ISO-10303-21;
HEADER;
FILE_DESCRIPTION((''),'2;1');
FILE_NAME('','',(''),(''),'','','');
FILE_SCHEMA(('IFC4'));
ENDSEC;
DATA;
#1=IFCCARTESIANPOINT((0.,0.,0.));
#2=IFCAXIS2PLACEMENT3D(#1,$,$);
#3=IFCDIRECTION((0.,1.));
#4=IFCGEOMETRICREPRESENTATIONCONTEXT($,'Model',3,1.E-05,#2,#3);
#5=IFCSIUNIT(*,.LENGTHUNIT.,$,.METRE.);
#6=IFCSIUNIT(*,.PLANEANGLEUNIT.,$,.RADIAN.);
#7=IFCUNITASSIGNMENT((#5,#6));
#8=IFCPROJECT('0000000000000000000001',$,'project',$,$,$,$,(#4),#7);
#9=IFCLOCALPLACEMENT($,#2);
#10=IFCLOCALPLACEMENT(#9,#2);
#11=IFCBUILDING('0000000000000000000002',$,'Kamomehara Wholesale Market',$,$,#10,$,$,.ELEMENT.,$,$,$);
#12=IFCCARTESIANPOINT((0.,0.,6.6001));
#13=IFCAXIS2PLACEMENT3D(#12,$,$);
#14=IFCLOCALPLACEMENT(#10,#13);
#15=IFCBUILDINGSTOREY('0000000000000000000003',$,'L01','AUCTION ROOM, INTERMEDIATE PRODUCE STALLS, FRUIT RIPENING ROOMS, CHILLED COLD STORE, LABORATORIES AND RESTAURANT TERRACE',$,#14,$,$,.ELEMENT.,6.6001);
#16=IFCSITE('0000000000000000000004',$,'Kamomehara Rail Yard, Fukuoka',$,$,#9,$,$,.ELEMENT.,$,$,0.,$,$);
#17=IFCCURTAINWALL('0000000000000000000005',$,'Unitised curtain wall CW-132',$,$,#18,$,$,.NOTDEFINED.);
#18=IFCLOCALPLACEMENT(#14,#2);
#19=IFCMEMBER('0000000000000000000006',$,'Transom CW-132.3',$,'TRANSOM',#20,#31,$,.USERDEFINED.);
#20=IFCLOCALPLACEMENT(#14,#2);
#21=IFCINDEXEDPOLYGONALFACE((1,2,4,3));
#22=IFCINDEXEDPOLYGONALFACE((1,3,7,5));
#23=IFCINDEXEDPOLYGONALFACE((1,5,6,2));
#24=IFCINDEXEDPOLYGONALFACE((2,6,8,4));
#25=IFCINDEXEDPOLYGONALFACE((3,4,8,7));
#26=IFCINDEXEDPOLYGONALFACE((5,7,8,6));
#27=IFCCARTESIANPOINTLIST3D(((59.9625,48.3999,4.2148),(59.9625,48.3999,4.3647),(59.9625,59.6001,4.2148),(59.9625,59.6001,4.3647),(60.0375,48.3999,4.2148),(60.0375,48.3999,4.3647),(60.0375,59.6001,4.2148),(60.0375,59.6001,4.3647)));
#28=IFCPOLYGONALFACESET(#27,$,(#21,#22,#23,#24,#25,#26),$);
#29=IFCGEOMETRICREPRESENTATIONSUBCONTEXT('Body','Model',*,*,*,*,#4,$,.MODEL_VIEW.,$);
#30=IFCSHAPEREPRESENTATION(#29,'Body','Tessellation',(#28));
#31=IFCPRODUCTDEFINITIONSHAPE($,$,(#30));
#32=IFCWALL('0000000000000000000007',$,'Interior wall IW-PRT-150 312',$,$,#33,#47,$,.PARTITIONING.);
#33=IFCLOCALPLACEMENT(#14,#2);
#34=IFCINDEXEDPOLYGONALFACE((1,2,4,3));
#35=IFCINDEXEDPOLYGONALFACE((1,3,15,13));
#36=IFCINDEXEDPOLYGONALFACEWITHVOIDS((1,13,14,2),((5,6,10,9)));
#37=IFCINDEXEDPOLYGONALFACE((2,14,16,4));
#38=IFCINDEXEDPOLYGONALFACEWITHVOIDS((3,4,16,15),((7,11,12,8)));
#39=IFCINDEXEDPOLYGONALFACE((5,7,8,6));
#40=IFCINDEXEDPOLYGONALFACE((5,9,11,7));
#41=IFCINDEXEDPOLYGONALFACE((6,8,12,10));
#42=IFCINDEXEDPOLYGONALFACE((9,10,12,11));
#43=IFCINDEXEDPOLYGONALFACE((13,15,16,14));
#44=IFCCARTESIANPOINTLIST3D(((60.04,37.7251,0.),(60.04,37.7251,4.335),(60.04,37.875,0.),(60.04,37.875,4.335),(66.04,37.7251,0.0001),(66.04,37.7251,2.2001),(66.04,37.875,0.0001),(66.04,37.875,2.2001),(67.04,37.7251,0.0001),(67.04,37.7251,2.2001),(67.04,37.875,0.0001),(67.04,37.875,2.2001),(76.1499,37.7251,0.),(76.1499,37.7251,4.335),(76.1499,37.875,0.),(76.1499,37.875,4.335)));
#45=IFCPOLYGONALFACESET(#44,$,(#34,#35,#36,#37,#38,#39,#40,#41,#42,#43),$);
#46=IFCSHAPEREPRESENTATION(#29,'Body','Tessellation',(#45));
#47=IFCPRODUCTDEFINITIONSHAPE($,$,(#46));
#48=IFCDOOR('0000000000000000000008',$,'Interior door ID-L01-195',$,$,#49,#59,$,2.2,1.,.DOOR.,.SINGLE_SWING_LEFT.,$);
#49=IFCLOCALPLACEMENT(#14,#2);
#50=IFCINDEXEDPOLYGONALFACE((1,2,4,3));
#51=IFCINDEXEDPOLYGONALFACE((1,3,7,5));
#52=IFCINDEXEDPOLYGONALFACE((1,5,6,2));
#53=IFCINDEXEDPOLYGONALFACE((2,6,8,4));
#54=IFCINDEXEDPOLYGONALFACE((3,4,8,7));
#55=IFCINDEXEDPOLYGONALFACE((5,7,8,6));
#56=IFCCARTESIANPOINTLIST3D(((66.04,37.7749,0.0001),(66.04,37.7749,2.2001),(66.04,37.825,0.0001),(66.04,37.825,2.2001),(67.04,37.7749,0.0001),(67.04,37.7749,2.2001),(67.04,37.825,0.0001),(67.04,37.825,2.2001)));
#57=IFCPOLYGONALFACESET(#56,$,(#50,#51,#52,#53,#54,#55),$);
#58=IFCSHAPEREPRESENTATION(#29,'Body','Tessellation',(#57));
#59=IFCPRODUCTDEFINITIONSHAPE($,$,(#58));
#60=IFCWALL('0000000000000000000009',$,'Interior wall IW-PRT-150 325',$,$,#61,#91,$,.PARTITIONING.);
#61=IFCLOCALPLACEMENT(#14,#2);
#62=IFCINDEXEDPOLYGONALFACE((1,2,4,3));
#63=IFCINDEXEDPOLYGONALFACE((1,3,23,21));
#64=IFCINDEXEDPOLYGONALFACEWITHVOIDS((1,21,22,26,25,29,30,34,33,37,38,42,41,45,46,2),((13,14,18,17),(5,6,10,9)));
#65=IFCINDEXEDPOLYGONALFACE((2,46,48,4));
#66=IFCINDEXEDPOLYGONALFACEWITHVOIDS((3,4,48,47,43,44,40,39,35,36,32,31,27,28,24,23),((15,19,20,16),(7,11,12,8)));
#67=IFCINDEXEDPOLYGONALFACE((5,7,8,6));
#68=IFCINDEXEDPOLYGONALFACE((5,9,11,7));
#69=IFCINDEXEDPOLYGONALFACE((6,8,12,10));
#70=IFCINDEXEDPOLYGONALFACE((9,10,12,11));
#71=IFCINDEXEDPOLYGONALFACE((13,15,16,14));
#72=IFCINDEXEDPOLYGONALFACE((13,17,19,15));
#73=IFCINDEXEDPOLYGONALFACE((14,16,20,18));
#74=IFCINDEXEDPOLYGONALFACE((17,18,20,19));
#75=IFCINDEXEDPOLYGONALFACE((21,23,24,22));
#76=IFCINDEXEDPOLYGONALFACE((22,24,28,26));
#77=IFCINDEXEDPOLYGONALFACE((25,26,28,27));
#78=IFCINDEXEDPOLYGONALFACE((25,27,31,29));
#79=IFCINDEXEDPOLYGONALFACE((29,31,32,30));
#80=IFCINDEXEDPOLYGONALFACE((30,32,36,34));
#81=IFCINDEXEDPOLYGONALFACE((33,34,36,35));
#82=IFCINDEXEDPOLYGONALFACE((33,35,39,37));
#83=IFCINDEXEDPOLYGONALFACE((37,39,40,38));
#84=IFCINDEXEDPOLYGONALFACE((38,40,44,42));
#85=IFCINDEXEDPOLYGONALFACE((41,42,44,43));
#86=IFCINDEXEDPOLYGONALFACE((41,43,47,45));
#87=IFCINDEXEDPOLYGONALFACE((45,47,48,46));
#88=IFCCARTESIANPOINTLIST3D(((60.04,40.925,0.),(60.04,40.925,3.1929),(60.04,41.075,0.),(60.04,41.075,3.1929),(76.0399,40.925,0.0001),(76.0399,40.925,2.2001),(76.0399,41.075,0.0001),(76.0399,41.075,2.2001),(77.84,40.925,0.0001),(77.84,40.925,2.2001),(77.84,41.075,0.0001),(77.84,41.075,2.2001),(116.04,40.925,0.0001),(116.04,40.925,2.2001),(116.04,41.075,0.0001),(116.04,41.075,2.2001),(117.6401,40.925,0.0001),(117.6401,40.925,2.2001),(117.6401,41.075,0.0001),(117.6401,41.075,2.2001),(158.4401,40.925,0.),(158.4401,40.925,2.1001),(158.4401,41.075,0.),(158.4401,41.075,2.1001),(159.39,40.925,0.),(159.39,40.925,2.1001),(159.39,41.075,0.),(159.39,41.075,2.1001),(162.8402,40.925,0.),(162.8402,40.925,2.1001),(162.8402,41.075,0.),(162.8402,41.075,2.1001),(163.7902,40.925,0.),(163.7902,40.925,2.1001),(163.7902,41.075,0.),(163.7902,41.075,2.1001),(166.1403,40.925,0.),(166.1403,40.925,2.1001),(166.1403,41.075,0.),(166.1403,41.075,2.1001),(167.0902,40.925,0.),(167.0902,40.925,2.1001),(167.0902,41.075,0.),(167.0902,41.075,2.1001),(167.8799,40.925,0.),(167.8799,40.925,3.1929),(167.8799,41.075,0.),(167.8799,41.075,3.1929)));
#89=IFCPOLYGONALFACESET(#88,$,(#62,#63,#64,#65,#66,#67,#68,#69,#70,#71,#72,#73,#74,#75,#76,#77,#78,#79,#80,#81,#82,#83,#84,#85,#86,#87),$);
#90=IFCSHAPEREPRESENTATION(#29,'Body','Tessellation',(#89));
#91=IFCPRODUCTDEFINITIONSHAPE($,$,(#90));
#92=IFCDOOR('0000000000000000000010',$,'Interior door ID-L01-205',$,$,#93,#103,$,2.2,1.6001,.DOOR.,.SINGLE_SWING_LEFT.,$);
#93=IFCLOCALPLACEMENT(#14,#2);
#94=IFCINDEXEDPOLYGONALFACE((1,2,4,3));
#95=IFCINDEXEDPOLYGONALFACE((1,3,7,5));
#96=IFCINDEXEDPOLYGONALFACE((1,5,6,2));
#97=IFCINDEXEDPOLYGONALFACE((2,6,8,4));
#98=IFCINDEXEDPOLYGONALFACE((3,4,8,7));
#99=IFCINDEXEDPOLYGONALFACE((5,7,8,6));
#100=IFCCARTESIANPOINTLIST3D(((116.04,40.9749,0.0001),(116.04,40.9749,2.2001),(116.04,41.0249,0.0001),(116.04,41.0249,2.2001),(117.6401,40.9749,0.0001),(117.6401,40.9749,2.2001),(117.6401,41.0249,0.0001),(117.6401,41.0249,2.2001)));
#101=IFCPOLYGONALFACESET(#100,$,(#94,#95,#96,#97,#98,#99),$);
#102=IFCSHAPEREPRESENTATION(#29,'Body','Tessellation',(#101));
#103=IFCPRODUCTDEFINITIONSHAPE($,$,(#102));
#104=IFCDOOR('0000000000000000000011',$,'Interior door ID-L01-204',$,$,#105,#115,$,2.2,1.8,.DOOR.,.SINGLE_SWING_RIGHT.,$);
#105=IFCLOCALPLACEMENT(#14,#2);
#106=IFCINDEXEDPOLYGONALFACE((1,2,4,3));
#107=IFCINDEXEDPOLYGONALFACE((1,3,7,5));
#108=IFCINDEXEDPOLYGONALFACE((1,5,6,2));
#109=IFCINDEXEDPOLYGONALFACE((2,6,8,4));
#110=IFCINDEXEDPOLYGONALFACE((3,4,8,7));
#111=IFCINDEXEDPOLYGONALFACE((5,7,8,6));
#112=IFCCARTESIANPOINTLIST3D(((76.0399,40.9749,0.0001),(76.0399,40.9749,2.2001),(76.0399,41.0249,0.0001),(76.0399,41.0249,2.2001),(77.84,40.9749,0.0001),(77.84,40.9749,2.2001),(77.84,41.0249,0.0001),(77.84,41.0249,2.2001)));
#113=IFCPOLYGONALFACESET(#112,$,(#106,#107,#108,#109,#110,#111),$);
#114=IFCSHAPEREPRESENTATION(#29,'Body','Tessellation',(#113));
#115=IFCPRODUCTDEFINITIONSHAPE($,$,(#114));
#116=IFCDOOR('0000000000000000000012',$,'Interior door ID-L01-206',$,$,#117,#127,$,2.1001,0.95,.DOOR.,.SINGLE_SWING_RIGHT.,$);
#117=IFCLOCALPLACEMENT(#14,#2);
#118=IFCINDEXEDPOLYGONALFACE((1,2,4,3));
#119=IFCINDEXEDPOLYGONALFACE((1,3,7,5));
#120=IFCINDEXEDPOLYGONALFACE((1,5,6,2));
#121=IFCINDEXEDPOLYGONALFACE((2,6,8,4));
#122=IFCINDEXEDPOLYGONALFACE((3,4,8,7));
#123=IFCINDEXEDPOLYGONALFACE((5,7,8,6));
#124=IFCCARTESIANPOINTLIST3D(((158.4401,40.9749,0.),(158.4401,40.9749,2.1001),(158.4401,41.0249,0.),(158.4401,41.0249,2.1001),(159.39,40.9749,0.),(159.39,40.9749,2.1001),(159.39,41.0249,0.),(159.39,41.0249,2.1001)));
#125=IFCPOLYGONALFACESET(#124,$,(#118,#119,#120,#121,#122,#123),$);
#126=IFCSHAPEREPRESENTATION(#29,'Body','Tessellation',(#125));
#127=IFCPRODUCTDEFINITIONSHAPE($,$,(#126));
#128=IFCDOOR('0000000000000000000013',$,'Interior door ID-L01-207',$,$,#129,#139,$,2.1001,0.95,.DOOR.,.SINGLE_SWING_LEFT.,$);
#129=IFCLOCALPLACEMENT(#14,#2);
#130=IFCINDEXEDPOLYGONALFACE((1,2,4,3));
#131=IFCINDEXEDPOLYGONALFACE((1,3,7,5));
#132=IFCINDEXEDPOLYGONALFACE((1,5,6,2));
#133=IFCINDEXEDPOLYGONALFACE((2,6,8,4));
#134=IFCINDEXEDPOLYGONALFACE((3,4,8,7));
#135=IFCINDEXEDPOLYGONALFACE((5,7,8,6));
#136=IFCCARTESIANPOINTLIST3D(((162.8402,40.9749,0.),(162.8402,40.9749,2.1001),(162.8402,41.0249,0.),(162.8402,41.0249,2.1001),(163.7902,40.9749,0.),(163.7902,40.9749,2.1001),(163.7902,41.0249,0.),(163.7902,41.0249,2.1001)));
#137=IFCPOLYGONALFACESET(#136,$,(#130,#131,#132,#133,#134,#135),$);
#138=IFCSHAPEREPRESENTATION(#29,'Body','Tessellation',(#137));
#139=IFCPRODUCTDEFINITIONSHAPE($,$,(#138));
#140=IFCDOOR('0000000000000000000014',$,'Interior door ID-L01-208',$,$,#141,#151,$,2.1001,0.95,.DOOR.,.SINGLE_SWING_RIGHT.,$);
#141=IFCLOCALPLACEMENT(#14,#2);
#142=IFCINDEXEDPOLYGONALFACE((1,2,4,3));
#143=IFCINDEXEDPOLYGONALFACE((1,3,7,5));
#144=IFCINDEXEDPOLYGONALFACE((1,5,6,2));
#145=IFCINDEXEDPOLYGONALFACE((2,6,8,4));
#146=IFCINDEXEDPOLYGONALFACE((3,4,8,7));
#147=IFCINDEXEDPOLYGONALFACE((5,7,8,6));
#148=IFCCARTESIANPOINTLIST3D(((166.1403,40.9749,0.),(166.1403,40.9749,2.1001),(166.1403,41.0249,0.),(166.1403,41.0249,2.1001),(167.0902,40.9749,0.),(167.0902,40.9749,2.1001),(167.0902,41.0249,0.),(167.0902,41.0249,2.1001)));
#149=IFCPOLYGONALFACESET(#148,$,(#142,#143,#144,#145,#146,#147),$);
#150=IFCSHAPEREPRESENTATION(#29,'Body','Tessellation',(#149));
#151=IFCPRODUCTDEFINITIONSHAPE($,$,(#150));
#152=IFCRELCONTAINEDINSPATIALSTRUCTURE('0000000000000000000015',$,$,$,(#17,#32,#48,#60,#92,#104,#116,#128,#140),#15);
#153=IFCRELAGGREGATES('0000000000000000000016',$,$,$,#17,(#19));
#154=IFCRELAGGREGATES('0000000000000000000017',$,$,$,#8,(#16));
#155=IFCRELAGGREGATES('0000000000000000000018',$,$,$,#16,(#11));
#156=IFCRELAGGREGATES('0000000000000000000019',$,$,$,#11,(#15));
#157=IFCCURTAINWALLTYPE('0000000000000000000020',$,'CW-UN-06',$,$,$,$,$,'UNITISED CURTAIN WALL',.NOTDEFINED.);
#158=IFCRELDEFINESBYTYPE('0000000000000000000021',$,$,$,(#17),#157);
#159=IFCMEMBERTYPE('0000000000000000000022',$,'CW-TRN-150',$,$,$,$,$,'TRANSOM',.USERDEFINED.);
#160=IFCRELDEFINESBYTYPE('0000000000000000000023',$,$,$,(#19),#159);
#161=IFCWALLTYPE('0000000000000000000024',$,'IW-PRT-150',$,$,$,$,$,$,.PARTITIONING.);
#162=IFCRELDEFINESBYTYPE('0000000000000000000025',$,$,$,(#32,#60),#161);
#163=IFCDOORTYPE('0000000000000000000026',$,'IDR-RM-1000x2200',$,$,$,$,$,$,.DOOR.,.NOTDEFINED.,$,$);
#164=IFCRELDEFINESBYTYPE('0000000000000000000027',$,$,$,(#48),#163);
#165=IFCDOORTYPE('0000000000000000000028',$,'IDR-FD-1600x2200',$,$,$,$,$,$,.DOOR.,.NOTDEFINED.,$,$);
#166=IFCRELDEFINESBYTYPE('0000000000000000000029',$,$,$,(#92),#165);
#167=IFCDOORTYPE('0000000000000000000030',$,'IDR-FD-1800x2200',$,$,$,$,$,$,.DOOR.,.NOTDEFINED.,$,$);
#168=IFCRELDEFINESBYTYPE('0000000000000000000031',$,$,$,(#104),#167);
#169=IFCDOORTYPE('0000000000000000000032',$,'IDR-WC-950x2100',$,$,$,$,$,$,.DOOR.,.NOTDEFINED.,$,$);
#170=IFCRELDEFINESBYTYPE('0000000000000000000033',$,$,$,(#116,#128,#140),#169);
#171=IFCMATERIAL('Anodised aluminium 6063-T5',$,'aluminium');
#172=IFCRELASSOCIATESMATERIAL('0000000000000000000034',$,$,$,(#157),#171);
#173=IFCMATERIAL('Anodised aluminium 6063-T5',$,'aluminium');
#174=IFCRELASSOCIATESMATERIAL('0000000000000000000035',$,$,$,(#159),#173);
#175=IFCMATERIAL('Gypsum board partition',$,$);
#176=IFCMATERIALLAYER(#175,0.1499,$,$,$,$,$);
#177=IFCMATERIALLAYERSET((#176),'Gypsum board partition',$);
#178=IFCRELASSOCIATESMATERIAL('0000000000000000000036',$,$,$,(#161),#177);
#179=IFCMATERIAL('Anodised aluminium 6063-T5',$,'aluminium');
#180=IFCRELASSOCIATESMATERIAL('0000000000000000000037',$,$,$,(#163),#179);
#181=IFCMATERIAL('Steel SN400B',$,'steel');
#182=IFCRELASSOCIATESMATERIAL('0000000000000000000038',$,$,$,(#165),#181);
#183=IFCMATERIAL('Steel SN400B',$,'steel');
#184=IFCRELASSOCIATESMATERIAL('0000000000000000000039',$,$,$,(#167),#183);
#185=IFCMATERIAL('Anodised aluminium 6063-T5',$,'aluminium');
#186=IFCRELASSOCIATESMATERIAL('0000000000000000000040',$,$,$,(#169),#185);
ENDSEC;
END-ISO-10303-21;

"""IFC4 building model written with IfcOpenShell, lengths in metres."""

from ifc_helpers import new_model, si_unit, direction, frame, frame_2d, origin, origin_2d, place, context, subcontext, project, spatial, rectangle, extrude, material, layer, layer_set, material_profile, profile_set, type_object, element, fill, aggregate, save


model = new_model("IFC4")

# Units and contexts
model_context = context("Model", 3, precision=1e-05, world=origin(), true_north=direction((0.0, 1.0)))
body_context = subcontext(model_context, "Body", "Model", "MODEL_VIEW")
ifc_project = project(units=[si_unit("LENGTHUNIT", "METRE"), si_unit("PLANEANGLEUNIT", "RADIAN")], contexts=[model_context])

# Site, building, storey
site_placement = place(None, origin())
site = spatial("IfcSite", under=ifc_project, at=site_placement, Name="Kamomehara Rail Yard, Fukuoka", CompositionType="ELEMENT", RefElevation=0.0)
building_placement = place(site_placement, origin())
building = spatial("IfcBuilding", under=site, at=building_placement, Name="Kamomehara Wholesale Market", CompositionType="ELEMENT")
storey_placement = place(building_placement, frame((0.0, 0.0, 6.6001)))
storey = spatial("IfcBuildingStorey", under=building, at=storey_placement, Name="L01", Description="AUCTION ROOM, INTERMEDIATE PRODUCE STALLS, FRUIT RIPENING ROOMS, CHILLED COLD STORE, LABORATORIES AND RESTAURANT TERRACE", CompositionType="ELEMENT", Elevation=6.6001)

# Curtain wall, member
ifc_material_1 = material(Name="Anodised aluminium 6063-T5", Category="aluminium")
curtain_wall_type = type_object("IfcCurtainWallType", Name="CW-UN-06", ElementType="UNITISED CURTAIN WALL", PredefinedType="NOTDEFINED", material=ifc_material_1)
curtain_wall_1_placement = place(storey_placement, origin())
curtain_wall_1 = element("IfcCurtainWall", 1, at=curtain_wall_1_placement, inside=storey, type_object=curtain_wall_type, Name="Unitised curtain wall CW-132", PredefinedType="NOTDEFINED")
ifc_material_2 = material(Name="Anodised aluminium 6063-T5", Category="aluminium")
ifc_material_profile_1 = material_profile(ifc_material_2, rectangle(XDim=0.075, YDim=0.1499, at=origin_2d()), Name="ALU-TRN-75x150")
ifc_profile_set_1 = profile_set([ifc_material_profile_1], Name="Anodised aluminium 6063-T5")
member_type_1 = type_object("IfcMemberType", Name="CW-TRN-150", ElementType="TRANSOM", PredefinedType="USERDEFINED", material=ifc_profile_set_1)
member_1_placement = place(storey_placement, frame((60.0, 48.3999, 4.2898), z_axis=(0.0, 1.0, 0.0), x_axis=(-1.0, 0.0, 0.0)))
member_1 = element("IfcMember", 2, at=member_1_placement, type_object=member_type_1, Name="Transom CW-132.3", ObjectType="TRANSOM", PredefinedType="USERDEFINED", context=body_context, shape_type="SweptSolid", body=[
    extrude(rectangle(XDim=0.075, YDim=0.1499, at=origin_2d()), origin(), (0.0, 0.0, 1.0), 11.2002),
])
aggregate(curtain_wall_1, [member_1])

# Wall, opening, door
ifc_material_3 = material(Name="Gypsum board partition")
ifc_layer = layer(ifc_material_3, 0.1499)
ifc_layer_set = layer_set([ifc_layer], Name="Gypsum board partition")
wall_type = type_object("IfcWallType", Name="IW-PRT-150", PredefinedType="PARTITIONING", material=ifc_layer_set)
wall_1_placement = place(storey_placement, frame((60.04, 37.8, 0.0), z_axis=(0.0, 0.0, 1.0), x_axis=(1.0, 0.0, 0.0)))
wall_1 = element("IfcWall", 3, at=wall_1_placement, inside=storey, type_object=wall_type, Name="Interior wall IW-PRT-150 312", PredefinedType="PARTITIONING", context=body_context, shape_type="SweptSolid", body=[
    extrude(rectangle(XDim=16.1099, YDim=0.1499, at=frame_2d((8.0549, 0.0))), origin(), (0.0, 0.0, 1.0), 4.335),
])
opening_1_placement = place(wall_1_placement, frame((6.0, 0.0, 0.0)))
opening_1 = element("IfcOpeningElement", 4, at=opening_1_placement, cuts=wall_1, PredefinedType="OPENING", context=body_context, shape_type="SweptSolid", body=[
    extrude(rectangle(XDim=1.0, YDim=2.2, at=frame_2d((0.5, 1.1001))), frame((0.0, 0.0898, 0.0), z_axis=(0.0, -1.0, 0.0), x_axis=(1.0, 0.0, 0.0)), (0.0, 0.0, 1.0), 0.1797),
])
ifc_material_4 = material(Name="Anodised aluminium 6063-T5", Category="aluminium")
door_type_1 = type_object("IfcDoorType", Name="IDR-RM-1000x2200", OperationType="NOTDEFINED", PredefinedType="DOOR", material=ifc_material_4)
door_1_placement = place(opening_1_placement, origin())
door_1 = element("IfcDoor", 5, at=door_1_placement, inside=storey, type_object=door_type_1, Name="Interior door ID-L01-195", OperationType="SINGLE_SWING_LEFT", OverallHeight=2.2, OverallWidth=1.0, PredefinedType="DOOR", context=body_context, shape_type="SweptSolid", body=[
    extrude(rectangle(XDim=1.0, YDim=2.2, at=frame_2d((0.5, 1.1001))), frame((0.0, 0.0249, 0.0), z_axis=(0.0, -1.0, 0.0), x_axis=(1.0, 0.0, 0.0)), (0.0, 0.0, 1.0), 0.05),
])
fill(opening_1, door_1)

# Wall, openings, doors
wall_2_placement = place(storey_placement, frame((60.04, 41.0, 0.0), z_axis=(0.0, 0.0, 1.0), x_axis=(1.0, 0.0, 0.0)))
wall_2 = element("IfcWall", 6, at=wall_2_placement, inside=storey, type_object=wall_type, Name="Interior wall IW-PRT-150 325", PredefinedType="PARTITIONING", context=body_context, shape_type="SweptSolid", body=[
    extrude(rectangle(XDim=107.8398, YDim=0.1499, at=frame_2d((53.9199, 0.0))), origin(), (0.0, 0.0, 1.0), 3.1929),
])
opening_2_placement = place(wall_2_placement, frame((16.0, 0.0, 0.0)))
opening_2 = element("IfcOpeningElement", 7, at=opening_2_placement, cuts=wall_2, PredefinedType="OPENING", context=body_context, shape_type="SweptSolid", body=[
    extrude(rectangle(XDim=1.8, YDim=2.2, at=frame_2d((0.8999, 1.1001))), frame((0.0, 0.0898, 0.0), z_axis=(0.0, -1.0, 0.0), x_axis=(1.0, 0.0, 0.0)), (0.0, 0.0, 1.0), 0.1797),
])
opening_3_placement = place(wall_2_placement, frame((56.0, 0.0, 0.0)))
opening_3 = element("IfcOpeningElement", 8, at=opening_3_placement, cuts=wall_2, PredefinedType="OPENING", context=body_context, shape_type="SweptSolid", body=[
    extrude(rectangle(XDim=1.6001, YDim=2.2, at=frame_2d((0.8, 1.1001))), frame((0.0, 0.0898, 0.0), z_axis=(0.0, -1.0, 0.0), x_axis=(1.0, 0.0, 0.0)), (0.0, 0.0, 1.0), 0.1797),
])
opening_4_placement = place(wall_2_placement, frame((98.3999, 0.0, 0.0)))
opening_4 = element("IfcOpeningElement", 9, at=opening_4_placement, cuts=wall_2, PredefinedType="OPENING", context=body_context, shape_type="SweptSolid", body=[
    extrude(rectangle(XDim=0.95, YDim=2.1001, at=frame_2d((0.4751, 1.05))), frame((0.0, 0.0898, 0.0), z_axis=(0.0, -1.0, 0.0), x_axis=(1.0, 0.0, 0.0)), (0.0, 0.0, 1.0), 0.1797),
])
opening_5_placement = place(wall_2_placement, frame((102.8, 0.0, 0.0)))
opening_5 = element("IfcOpeningElement", 10, at=opening_5_placement, cuts=wall_2, PredefinedType="OPENING", context=body_context, shape_type="SweptSolid", body=[
    extrude(rectangle(XDim=0.95, YDim=2.1001, at=frame_2d((0.4751, 1.05))), frame((0.0, 0.0898, 0.0), z_axis=(0.0, -1.0, 0.0), x_axis=(1.0, 0.0, 0.0)), (0.0, 0.0, 1.0), 0.1797),
])
opening_6_placement = place(wall_2_placement, frame((106.1001, 0.0, 0.0)))
opening_6 = element("IfcOpeningElement", 11, at=opening_6_placement, cuts=wall_2, PredefinedType="OPENING", context=body_context, shape_type="SweptSolid", body=[
    extrude(rectangle(XDim=0.95, YDim=2.1001, at=frame_2d((0.4751, 1.05))), frame((0.0, 0.0898, 0.0), z_axis=(0.0, -1.0, 0.0), x_axis=(1.0, 0.0, 0.0)), (0.0, 0.0, 1.0), 0.1797),
])
ifc_material_5 = material(Name="Steel SN400B", Category="steel")
door_type_2 = type_object("IfcDoorType", Name="IDR-FD-1600x2200", OperationType="NOTDEFINED", PredefinedType="DOOR", material=ifc_material_5)
door_2_placement = place(opening_3_placement, origin())
door_2 = element("IfcDoor", 12, at=door_2_placement, inside=storey, type_object=door_type_2, Name="Interior door ID-L01-205", OperationType="SINGLE_SWING_LEFT", OverallHeight=2.2, OverallWidth=1.6001, PredefinedType="DOOR", context=body_context, shape_type="SweptSolid", body=[
    extrude(rectangle(XDim=1.6001, YDim=2.2, at=frame_2d((0.8, 1.1001))), frame((0.0, 0.0249, 0.0), z_axis=(0.0, -1.0, 0.0), x_axis=(1.0, 0.0, 0.0)), (0.0, 0.0, 1.0), 0.05),
])
fill(opening_3, door_2)
ifc_material_6 = material(Name="Steel SN400B", Category="steel")
door_type_3 = type_object("IfcDoorType", Name="IDR-FD-1800x2200", OperationType="NOTDEFINED", PredefinedType="DOOR", material=ifc_material_6)
door_3_placement = place(opening_2_placement, origin())
door_3 = element("IfcDoor", 13, at=door_3_placement, inside=storey, type_object=door_type_3, Name="Interior door ID-L01-204", OperationType="SINGLE_SWING_RIGHT", OverallHeight=2.2, OverallWidth=1.8, PredefinedType="DOOR", context=body_context, shape_type="SweptSolid", body=[
    extrude(rectangle(XDim=1.8, YDim=2.2, at=frame_2d((0.8999, 1.1001))), frame((0.0, 0.0249, 0.0), z_axis=(0.0, -1.0, 0.0), x_axis=(1.0, 0.0, 0.0)), (0.0, 0.0, 1.0), 0.05),
])
fill(opening_2, door_3)
ifc_material_7 = material(Name="Anodised aluminium 6063-T5", Category="aluminium")
door_type_4 = type_object("IfcDoorType", Name="IDR-WC-950x2100", OperationType="NOTDEFINED", PredefinedType="DOOR", material=ifc_material_7)
door_4_placement = place(opening_4_placement, origin())
door_4 = element("IfcDoor", 14, at=door_4_placement, inside=storey, type_object=door_type_4, Name="Interior door ID-L01-206", OperationType="SINGLE_SWING_RIGHT", OverallHeight=2.1001, OverallWidth=0.95, PredefinedType="DOOR", context=body_context, shape_type="SweptSolid", body=[
    extrude(rectangle(XDim=0.95, YDim=2.1001, at=frame_2d((0.4751, 1.05))), frame((0.0, 0.0249, 0.0), z_axis=(0.0, -1.0, 0.0), x_axis=(1.0, 0.0, 0.0)), (0.0, 0.0, 1.0), 0.05),
])
fill(opening_4, door_4)
door_5_placement = place(opening_5_placement, origin())
door_5 = element("IfcDoor", 15, at=door_5_placement, inside=storey, type_object=door_type_4, Name="Interior door ID-L01-207", OperationType="SINGLE_SWING_LEFT", OverallHeight=2.1001, OverallWidth=0.95, PredefinedType="DOOR", context=body_context, shape_type="SweptSolid", body=[
    extrude(rectangle(XDim=0.95, YDim=2.1001, at=frame_2d((0.4751, 1.05))), frame((0.0, 0.0249, 0.0), z_axis=(0.0, -1.0, 0.0), x_axis=(1.0, 0.0, 0.0)), (0.0, 0.0, 1.0), 0.05),
])
fill(opening_5, door_5)
door_6_placement = place(opening_6_placement, origin())
door_6 = element("IfcDoor", 16, at=door_6_placement, inside=storey, type_object=door_type_4, Name="Interior door ID-L01-208", OperationType="SINGLE_SWING_RIGHT", OverallHeight=2.1001, OverallWidth=0.95, PredefinedType="DOOR", context=body_context, shape_type="SweptSolid", body=[
    extrude(rectangle(XDim=0.95, YDim=2.1001, at=frame_2d((0.4751, 1.05))), frame((0.0, 0.0249, 0.0), z_axis=(0.0, -1.0, 0.0), x_axis=(1.0, 0.0, 0.0)), (0.0, 0.0, 1.0), 0.05),
])
fill(opening_6, door_6)

save(model, "model.ifc")
